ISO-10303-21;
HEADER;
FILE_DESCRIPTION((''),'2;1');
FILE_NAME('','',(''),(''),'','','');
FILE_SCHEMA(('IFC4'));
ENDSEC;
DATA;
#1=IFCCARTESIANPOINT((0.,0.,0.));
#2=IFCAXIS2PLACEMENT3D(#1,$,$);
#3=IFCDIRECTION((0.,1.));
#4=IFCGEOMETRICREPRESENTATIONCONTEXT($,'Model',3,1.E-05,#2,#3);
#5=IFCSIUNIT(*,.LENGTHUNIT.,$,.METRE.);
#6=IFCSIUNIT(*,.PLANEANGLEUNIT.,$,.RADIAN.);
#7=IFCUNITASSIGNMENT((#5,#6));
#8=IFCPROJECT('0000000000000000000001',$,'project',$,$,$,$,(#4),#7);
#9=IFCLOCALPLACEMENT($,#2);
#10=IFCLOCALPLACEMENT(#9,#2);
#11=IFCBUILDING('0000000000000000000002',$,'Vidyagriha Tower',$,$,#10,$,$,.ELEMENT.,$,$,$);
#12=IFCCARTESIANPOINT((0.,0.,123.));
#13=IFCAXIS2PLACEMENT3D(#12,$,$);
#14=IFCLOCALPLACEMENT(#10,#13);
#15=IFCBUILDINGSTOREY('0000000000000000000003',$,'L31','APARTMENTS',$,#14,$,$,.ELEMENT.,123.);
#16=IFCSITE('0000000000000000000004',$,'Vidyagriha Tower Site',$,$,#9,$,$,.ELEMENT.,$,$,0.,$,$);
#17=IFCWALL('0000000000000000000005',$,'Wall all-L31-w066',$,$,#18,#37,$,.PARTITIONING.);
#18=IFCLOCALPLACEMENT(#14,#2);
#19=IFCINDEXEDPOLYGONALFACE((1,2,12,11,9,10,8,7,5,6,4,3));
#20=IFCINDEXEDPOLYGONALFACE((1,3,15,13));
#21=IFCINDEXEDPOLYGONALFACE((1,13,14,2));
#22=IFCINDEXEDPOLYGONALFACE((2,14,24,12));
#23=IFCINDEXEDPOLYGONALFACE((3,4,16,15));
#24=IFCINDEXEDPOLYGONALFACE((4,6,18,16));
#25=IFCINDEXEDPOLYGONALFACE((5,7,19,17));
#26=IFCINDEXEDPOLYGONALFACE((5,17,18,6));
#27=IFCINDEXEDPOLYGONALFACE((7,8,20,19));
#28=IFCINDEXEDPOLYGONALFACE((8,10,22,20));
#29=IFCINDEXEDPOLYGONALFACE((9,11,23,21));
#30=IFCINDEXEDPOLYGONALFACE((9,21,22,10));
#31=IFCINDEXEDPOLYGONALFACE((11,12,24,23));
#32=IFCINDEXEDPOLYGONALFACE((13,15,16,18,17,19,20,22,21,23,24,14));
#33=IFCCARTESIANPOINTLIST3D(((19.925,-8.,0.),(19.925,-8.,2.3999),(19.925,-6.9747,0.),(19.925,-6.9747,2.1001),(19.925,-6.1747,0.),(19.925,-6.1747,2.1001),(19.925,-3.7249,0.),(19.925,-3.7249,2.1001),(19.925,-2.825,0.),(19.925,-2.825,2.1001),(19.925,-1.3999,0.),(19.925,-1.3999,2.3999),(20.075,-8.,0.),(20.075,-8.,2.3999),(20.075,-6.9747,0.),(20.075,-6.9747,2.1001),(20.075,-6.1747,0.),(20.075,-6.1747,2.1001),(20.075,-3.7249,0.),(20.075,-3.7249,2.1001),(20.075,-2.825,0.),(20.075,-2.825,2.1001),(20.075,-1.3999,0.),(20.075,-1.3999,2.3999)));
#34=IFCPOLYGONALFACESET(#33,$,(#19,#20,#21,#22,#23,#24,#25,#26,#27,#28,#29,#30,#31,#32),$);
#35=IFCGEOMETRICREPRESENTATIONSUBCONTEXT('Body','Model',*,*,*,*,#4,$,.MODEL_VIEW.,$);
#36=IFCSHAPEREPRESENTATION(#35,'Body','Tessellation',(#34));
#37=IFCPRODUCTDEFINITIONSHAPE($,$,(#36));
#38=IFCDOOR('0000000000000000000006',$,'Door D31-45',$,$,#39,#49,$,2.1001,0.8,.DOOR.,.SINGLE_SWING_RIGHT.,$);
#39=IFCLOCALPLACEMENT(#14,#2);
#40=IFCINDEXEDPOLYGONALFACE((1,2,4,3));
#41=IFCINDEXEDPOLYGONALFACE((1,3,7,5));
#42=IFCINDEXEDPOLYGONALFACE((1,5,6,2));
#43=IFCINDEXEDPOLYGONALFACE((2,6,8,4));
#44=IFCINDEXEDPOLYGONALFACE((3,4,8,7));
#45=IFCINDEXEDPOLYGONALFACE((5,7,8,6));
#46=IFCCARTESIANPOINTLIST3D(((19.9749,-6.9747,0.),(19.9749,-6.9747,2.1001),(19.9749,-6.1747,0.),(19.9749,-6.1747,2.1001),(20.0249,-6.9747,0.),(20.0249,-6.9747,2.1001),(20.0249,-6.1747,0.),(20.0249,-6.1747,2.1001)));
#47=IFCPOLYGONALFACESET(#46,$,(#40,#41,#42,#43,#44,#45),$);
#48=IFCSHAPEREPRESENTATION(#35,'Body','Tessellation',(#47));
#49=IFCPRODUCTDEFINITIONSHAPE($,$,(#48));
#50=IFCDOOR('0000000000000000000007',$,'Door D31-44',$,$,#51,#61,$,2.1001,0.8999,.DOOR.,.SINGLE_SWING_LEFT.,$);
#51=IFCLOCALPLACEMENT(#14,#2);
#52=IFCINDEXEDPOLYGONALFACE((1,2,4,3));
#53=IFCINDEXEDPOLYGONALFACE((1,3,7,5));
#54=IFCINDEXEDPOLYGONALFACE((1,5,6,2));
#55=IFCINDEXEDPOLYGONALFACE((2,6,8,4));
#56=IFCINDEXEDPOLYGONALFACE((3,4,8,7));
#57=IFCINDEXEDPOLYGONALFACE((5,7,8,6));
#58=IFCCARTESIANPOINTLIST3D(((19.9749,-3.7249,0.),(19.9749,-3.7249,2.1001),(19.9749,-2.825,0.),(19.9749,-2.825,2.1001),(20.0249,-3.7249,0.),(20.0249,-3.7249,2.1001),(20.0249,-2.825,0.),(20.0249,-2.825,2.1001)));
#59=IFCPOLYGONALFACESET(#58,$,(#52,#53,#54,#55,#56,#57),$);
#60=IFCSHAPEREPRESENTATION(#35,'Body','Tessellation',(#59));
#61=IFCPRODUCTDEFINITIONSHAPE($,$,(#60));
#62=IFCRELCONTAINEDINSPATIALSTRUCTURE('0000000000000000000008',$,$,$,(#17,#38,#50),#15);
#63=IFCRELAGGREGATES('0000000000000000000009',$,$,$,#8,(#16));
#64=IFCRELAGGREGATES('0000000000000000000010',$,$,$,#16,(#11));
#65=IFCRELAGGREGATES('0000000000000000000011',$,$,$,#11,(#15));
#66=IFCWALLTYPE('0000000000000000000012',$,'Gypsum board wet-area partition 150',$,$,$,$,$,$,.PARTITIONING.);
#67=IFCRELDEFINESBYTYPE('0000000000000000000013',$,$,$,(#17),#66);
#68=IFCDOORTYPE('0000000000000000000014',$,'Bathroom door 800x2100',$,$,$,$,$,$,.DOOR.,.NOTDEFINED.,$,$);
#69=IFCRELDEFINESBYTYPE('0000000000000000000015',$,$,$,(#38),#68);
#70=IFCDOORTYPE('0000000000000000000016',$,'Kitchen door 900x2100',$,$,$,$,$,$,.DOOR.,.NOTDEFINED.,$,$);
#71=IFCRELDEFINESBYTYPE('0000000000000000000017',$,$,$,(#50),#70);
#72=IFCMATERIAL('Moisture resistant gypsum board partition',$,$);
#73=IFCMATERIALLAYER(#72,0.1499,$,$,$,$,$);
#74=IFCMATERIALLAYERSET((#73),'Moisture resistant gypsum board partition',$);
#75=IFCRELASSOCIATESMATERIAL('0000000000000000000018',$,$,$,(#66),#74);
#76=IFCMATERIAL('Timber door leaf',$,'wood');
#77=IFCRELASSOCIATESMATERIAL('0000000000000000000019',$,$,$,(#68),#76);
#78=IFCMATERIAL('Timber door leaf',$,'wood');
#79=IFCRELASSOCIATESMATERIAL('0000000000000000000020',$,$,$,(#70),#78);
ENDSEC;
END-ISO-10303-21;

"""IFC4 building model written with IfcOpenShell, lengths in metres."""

from ifc_helpers import new_model, si_unit, direction, frame, frame_2d, origin, place, context, subcontext, project, spatial, rectangle, extrude, material, layer, layer_set, type_object, element, fill, save


model = new_model("IFC4")

# Units and contexts
model_context = context("Model", 3, precision=1e-05, world=origin(), true_north=direction((0.0, 1.0)))
body_context = subcontext(model_context, "Body", "Model", "MODEL_VIEW")
ifc_project = project(units=[si_unit("LENGTHUNIT", "METRE"), si_unit("PLANEANGLEUNIT", "RADIAN")], contexts=[model_context])

# Site, building, storey
site_placement = place(None, origin())
site = spatial("IfcSite", under=ifc_project, at=site_placement, Name="Vidyagriha Tower Site", CompositionType="ELEMENT", RefElevation=0.0)
building_placement = place(site_placement, origin())
building = spatial("IfcBuilding", under=site, at=building_placement, Name="Vidyagriha Tower", CompositionType="ELEMENT")
storey_placement = place(building_placement, frame((0.0, 0.0, 123.0)))
storey = spatial("IfcBuildingStorey", under=building, at=storey_placement, Name="L31", Description="APARTMENTS", CompositionType="ELEMENT", Elevation=123.0)

# Wall, openings, doors
ifc_material_1 = material(Name="Moisture resistant gypsum board partition")
ifc_layer_1 = layer(ifc_material_1, 0.1499)
ifc_layer_set_1 = layer_set([ifc_layer_1], Name="Moisture resistant gypsum board partition")
wall_type_1 = type_object("IfcWallType", Name="Gypsum board wet-area partition 150", PredefinedType="PARTITIONING", material=ifc_layer_set_1)
wall_1_placement = place(storey_placement, frame((20.0, -1.3999, 0.0), z_axis=(0.0, 0.0, 1.0), x_axis=(0.0, -1.0, 0.0)))
wall_1 = element("IfcWall", 1, at=wall_1_placement, inside=storey, type_object=wall_type_1, Name="Wall all-L31-w066", PredefinedType="PARTITIONING", context=body_context, shape_type="SweptSolid", body=[
    extrude(rectangle(XDim=6.6001, YDim=0.1499, at=frame_2d((3.3, 0.0))), origin(), (0.0, 0.0, 1.0), 2.3999),
])
opening_1_placement = place(wall_1_placement, frame((1.425, 0.0, 0.0)))
opening_1 = element("IfcOpeningElement", 2, at=opening_1_placement, cuts=wall_1, PredefinedType="OPENING", context=body_context, shape_type="SweptSolid", body=[
    extrude(rectangle(XDim=0.8999, YDim=2.1001, at=frame_2d((0.45, 1.05))), frame((0.0, 0.085, 0.0), z_axis=(0.0, -1.0, 0.0), x_axis=(1.0, 0.0, 0.0)), (0.0, 0.0, 1.0), 0.1699),
])
opening_2_placement = place(wall_1_placement, frame((4.7749, 0.0, 0.0)))
opening_2 = element("IfcOpeningElement", 3, at=opening_2_placement, cuts=wall_1, PredefinedType="OPENING", context=body_context, shape_type="SweptSolid", body=[
    extrude(rectangle(XDim=0.8, YDim=2.1001, at=frame_2d((0.3999, 1.05))), frame((0.0, 0.085, 0.0), z_axis=(0.0, -1.0, 0.0), x_axis=(1.0, 0.0, 0.0)), (0.0, 0.0, 1.0), 0.1699),
])
ifc_material_2 = material(Name="Timber door leaf", Category="wood")
door_type_1 = type_object("IfcDoorType", Name="Bathroom door 800x2100", OperationType="NOTDEFINED", PredefinedType="DOOR", material=ifc_material_2)
door_1_placement = place(opening_2_placement, origin())
door_1 = element("IfcDoor", 4, at=door_1_placement, inside=storey, type_object=door_type_1, Name="Door D31-45", OperationType="SINGLE_SWING_RIGHT", OverallHeight=2.1001, OverallWidth=0.8, PredefinedType="DOOR", context=body_context, shape_type="SweptSolid", body=[
    extrude(rectangle(XDim=0.8, YDim=2.1001, at=frame_2d((0.3999, 1.05))), frame((0.0, 0.0249, 0.0), z_axis=(0.0, -1.0, 0.0), x_axis=(1.0, 0.0, 0.0)), (0.0, 0.0, 1.0), 0.05),
])
fill(opening_2, door_1)
ifc_material_3 = material(Name="Timber door leaf", Category="wood")
door_type_2 = type_object("IfcDoorType", Name="Kitchen door 900x2100", OperationType="NOTDEFINED", PredefinedType="DOOR", material=ifc_material_3)
door_2_placement = place(opening_1_placement, origin())
door_2 = element("IfcDoor", 5, at=door_2_placement, inside=storey, type_object=door_type_2, Name="Door D31-44", OperationType="SINGLE_SWING_LEFT", OverallHeight=2.1001, OverallWidth=0.8999, PredefinedType="DOOR", context=body_context, shape_type="SweptSolid", body=[
    extrude(rectangle(XDim=0.8999, YDim=2.1001, at=frame_2d((0.45, 1.05))), frame((0.0, 0.0249, 0.0), z_axis=(0.0, -1.0, 0.0), x_axis=(1.0, 0.0, 0.0)), (0.0, 0.0, 1.0), 0.05),
])
fill(opening_1, door_2)

save(model, "model.ifc")
